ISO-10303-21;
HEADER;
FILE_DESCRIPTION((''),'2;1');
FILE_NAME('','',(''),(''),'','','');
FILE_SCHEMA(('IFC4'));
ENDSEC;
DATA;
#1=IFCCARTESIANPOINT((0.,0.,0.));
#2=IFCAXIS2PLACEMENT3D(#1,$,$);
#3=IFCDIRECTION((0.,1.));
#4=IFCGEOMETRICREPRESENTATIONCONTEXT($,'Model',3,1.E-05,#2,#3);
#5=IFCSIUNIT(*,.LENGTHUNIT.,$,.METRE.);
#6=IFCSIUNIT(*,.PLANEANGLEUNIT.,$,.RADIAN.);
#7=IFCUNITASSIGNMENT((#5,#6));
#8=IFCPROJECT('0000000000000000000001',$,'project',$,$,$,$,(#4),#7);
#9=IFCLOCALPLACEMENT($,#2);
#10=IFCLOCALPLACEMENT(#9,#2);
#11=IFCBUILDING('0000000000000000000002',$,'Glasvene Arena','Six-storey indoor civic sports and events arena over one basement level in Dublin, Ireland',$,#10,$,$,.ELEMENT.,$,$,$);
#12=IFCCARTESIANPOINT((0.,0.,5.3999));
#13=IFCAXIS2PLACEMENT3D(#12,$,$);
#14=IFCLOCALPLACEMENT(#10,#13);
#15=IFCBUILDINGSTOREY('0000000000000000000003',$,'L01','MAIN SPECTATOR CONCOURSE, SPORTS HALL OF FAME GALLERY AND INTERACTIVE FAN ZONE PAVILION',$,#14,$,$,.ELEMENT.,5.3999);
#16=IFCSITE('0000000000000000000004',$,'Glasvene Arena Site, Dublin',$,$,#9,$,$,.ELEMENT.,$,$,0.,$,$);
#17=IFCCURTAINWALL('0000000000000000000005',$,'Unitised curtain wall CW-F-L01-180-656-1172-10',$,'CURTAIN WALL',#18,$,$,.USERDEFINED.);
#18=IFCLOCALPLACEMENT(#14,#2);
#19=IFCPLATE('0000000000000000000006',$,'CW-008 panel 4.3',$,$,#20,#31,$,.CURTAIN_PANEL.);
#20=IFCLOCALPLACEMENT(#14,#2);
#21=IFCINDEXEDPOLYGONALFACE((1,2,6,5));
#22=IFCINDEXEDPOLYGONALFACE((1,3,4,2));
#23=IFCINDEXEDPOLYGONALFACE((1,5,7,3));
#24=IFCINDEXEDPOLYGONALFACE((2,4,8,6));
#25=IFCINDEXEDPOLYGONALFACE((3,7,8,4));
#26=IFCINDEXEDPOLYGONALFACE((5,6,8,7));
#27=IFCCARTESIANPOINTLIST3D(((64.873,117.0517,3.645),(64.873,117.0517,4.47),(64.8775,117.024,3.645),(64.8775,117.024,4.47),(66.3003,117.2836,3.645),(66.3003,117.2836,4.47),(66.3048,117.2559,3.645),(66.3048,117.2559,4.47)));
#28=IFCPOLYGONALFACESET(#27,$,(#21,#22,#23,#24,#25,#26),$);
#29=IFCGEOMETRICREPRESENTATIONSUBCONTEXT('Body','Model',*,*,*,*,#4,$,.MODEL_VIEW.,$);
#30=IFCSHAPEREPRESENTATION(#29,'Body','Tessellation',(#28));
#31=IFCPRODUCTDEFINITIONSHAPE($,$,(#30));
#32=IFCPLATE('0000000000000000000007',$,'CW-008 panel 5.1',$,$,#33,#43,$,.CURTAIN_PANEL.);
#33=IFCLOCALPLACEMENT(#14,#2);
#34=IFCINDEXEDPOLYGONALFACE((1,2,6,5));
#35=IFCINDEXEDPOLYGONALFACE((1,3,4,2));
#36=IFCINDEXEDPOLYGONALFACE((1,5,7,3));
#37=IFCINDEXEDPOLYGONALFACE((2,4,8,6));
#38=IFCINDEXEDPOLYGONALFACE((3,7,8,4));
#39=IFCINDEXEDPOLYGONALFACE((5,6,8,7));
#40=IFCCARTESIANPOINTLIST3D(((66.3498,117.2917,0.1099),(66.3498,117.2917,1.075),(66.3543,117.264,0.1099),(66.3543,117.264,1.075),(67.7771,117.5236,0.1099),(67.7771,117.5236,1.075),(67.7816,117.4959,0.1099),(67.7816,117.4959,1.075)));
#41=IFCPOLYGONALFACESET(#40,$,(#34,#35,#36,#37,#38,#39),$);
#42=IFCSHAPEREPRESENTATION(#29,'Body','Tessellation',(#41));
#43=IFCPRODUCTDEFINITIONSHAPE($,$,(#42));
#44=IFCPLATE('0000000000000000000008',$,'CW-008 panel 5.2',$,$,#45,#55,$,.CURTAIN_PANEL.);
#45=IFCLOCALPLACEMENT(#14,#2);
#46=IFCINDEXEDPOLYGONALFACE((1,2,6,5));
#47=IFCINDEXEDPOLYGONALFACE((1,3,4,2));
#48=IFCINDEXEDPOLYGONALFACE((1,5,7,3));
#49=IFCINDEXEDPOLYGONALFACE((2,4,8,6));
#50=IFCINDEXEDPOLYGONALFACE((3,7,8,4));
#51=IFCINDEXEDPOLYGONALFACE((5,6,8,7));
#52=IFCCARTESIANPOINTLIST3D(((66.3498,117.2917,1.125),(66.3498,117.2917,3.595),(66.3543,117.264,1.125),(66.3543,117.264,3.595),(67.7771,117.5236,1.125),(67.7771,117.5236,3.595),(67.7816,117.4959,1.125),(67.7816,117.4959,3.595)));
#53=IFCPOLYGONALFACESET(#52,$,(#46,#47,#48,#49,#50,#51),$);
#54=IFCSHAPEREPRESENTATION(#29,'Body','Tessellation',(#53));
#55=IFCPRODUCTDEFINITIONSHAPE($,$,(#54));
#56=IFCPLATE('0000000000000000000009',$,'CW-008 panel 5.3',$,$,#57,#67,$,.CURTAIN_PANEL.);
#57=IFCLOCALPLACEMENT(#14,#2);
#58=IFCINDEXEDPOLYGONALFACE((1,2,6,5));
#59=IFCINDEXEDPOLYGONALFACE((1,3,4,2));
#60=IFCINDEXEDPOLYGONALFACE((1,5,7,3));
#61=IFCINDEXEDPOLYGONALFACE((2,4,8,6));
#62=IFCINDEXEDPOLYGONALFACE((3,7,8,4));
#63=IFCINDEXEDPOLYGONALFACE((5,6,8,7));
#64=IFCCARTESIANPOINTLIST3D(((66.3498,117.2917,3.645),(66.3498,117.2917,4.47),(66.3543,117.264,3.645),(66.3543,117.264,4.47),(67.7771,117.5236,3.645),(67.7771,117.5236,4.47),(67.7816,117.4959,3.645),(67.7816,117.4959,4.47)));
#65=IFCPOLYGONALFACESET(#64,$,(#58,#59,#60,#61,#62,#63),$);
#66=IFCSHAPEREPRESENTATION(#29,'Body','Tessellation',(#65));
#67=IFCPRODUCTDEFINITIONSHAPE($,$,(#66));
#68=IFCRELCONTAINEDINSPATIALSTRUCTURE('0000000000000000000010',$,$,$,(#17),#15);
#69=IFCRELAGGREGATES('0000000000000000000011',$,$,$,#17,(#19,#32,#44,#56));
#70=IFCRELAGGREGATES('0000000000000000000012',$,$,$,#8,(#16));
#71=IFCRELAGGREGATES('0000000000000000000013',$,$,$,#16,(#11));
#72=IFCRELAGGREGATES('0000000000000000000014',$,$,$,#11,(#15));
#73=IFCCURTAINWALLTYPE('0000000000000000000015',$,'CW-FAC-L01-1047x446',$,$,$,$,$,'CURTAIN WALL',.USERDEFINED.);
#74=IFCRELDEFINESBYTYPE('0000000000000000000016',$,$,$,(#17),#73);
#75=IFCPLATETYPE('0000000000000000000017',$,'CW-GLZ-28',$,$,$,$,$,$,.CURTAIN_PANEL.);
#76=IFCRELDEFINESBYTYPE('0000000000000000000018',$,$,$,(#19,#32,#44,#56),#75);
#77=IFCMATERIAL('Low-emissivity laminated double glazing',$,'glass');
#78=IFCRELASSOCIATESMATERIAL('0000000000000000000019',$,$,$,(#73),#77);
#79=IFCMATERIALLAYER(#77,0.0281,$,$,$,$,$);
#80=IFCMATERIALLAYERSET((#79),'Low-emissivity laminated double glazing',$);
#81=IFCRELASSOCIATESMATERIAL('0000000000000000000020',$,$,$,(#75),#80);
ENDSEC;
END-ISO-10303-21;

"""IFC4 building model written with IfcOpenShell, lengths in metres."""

from ifc_helpers import new_model, si_unit, direction, frame, origin, origin_2d, place, context, subcontext, project, spatial, rectangle, extrude, material, layer, layer_set, type_object, element, aggregate, save


model = new_model("IFC4")

# Units and contexts
model_context = context("Model", 3, precision=1e-05, world=origin(), true_north=direction((0.0, 1.0)))
body_context = subcontext(model_context, "Body", "Model", "MODEL_VIEW")
ifc_project = project(units=[si_unit("LENGTHUNIT", "METRE"), si_unit("PLANEANGLEUNIT", "RADIAN")], contexts=[model_context])

# Site, building, storey
site_placement = place(None, origin())
site = spatial("IfcSite", under=ifc_project, at=site_placement, Name="Glasvene Arena Site, Dublin", CompositionType="ELEMENT", RefElevation=0.0)
building_placement = place(site_placement, origin())
building = spatial("IfcBuilding", under=site, at=building_placement, Name="Glasvene Arena", Description="Six-storey indoor civic sports and events arena over one basement level in Dublin, Ireland", CompositionType="ELEMENT")
storey_placement = place(building_placement, frame((0.0, 0.0, 5.3999)))
storey = spatial("IfcBuildingStorey", under=building, at=storey_placement, Name="L01", Description="MAIN SPECTATOR CONCOURSE, SPORTS HALL OF FAME GALLERY AND INTERACTIVE FAN ZONE PAVILION", CompositionType="ELEMENT", Elevation=5.3999)

# Curtain wall, plates
ifc_material_1 = material(Name="Low-emissivity laminated double glazing", Category="glass")
curtain_wall_type = type_object("IfcCurtainWallType", Name="CW-FAC-L01-1047x446", ElementType="CURTAIN WALL", PredefinedType="USERDEFINED", material=ifc_material_1)
curtain_wall_placement = place(storey_placement, frame((60.4204, 116.3142, 0.0)))
curtain_wall = element("IfcCurtainWall", 1, at=curtain_wall_placement, inside=storey, type_object=curtain_wall_type, Name="Unitised curtain wall CW-F-L01-180-656-1172-10", ObjectType="CURTAIN WALL", PredefinedType="USERDEFINED")
ifc_layer = layer(ifc_material_1, 0.0281)
ifc_layer_set = layer_set([ifc_layer], Name="Low-emissivity laminated double glazing")
plate_type = type_object("IfcPlateType", Name="CW-GLZ-28", PredefinedType="CURTAIN_PANEL", material=ifc_layer_set)
plate_1_placement = place(storey_placement, frame((65.5889, 117.1538, 3.645), z_axis=(0.0, 0.0, 1.0), x_axis=(0.987057, 0.160367, 0.0)))
plate_1 = element("IfcPlate", 2, at=plate_1_placement, type_object=plate_type, Name="CW-008 panel 4.3", PredefinedType="CURTAIN_PANEL", context=body_context, shape_type="SweptSolid", body=[
    extrude(rectangle(XDim=1.446, YDim=0.0281, at=origin_2d()), origin(), (0.0, 0.0, 1.0), 0.825),
])
plate_2_placement = place(storey_placement, frame((67.0657, 117.3938, 0.1099), z_axis=(0.0, 0.0, 1.0), x_axis=(0.987057, 0.160367, 0.0)))
plate_2 = element("IfcPlate", 3, at=plate_2_placement, type_object=plate_type, Name="CW-008 panel 5.1", PredefinedType="CURTAIN_PANEL", context=body_context, shape_type="SweptSolid", body=[
    extrude(rectangle(XDim=1.446, YDim=0.0281, at=origin_2d()), origin(), (0.0, 0.0, 1.0), 0.9651),
])
plate_3_placement = place(storey_placement, frame((67.0657, 117.3938, 1.125), z_axis=(0.0, 0.0, 1.0), x_axis=(0.987057, 0.160367, 0.0)))
plate_3 = element("IfcPlate", 4, at=plate_3_placement, type_object=plate_type, Name="CW-008 panel 5.2", PredefinedType="CURTAIN_PANEL", context=body_context, shape_type="SweptSolid", body=[
    extrude(rectangle(XDim=1.446, YDim=0.0281, at=origin_2d()), origin(), (0.0, 0.0, 1.0), 2.47),
])
plate_4_placement = place(storey_placement, frame((67.0657, 117.3938, 3.645), z_axis=(0.0, 0.0, 1.0), x_axis=(0.987057, 0.160367, 0.0)))
plate_4 = element("IfcPlate", 5, at=plate_4_placement, type_object=plate_type, Name="CW-008 panel 5.3", PredefinedType="CURTAIN_PANEL", context=body_context, shape_type="SweptSolid", body=[
    extrude(rectangle(XDim=1.446, YDim=0.0281, at=origin_2d()), origin(), (0.0, 0.0, 1.0), 0.825),
])
aggregate(curtain_wall, [plate_1, plate_2, plate_3, plate_4])

save(model, "model.ifc")
